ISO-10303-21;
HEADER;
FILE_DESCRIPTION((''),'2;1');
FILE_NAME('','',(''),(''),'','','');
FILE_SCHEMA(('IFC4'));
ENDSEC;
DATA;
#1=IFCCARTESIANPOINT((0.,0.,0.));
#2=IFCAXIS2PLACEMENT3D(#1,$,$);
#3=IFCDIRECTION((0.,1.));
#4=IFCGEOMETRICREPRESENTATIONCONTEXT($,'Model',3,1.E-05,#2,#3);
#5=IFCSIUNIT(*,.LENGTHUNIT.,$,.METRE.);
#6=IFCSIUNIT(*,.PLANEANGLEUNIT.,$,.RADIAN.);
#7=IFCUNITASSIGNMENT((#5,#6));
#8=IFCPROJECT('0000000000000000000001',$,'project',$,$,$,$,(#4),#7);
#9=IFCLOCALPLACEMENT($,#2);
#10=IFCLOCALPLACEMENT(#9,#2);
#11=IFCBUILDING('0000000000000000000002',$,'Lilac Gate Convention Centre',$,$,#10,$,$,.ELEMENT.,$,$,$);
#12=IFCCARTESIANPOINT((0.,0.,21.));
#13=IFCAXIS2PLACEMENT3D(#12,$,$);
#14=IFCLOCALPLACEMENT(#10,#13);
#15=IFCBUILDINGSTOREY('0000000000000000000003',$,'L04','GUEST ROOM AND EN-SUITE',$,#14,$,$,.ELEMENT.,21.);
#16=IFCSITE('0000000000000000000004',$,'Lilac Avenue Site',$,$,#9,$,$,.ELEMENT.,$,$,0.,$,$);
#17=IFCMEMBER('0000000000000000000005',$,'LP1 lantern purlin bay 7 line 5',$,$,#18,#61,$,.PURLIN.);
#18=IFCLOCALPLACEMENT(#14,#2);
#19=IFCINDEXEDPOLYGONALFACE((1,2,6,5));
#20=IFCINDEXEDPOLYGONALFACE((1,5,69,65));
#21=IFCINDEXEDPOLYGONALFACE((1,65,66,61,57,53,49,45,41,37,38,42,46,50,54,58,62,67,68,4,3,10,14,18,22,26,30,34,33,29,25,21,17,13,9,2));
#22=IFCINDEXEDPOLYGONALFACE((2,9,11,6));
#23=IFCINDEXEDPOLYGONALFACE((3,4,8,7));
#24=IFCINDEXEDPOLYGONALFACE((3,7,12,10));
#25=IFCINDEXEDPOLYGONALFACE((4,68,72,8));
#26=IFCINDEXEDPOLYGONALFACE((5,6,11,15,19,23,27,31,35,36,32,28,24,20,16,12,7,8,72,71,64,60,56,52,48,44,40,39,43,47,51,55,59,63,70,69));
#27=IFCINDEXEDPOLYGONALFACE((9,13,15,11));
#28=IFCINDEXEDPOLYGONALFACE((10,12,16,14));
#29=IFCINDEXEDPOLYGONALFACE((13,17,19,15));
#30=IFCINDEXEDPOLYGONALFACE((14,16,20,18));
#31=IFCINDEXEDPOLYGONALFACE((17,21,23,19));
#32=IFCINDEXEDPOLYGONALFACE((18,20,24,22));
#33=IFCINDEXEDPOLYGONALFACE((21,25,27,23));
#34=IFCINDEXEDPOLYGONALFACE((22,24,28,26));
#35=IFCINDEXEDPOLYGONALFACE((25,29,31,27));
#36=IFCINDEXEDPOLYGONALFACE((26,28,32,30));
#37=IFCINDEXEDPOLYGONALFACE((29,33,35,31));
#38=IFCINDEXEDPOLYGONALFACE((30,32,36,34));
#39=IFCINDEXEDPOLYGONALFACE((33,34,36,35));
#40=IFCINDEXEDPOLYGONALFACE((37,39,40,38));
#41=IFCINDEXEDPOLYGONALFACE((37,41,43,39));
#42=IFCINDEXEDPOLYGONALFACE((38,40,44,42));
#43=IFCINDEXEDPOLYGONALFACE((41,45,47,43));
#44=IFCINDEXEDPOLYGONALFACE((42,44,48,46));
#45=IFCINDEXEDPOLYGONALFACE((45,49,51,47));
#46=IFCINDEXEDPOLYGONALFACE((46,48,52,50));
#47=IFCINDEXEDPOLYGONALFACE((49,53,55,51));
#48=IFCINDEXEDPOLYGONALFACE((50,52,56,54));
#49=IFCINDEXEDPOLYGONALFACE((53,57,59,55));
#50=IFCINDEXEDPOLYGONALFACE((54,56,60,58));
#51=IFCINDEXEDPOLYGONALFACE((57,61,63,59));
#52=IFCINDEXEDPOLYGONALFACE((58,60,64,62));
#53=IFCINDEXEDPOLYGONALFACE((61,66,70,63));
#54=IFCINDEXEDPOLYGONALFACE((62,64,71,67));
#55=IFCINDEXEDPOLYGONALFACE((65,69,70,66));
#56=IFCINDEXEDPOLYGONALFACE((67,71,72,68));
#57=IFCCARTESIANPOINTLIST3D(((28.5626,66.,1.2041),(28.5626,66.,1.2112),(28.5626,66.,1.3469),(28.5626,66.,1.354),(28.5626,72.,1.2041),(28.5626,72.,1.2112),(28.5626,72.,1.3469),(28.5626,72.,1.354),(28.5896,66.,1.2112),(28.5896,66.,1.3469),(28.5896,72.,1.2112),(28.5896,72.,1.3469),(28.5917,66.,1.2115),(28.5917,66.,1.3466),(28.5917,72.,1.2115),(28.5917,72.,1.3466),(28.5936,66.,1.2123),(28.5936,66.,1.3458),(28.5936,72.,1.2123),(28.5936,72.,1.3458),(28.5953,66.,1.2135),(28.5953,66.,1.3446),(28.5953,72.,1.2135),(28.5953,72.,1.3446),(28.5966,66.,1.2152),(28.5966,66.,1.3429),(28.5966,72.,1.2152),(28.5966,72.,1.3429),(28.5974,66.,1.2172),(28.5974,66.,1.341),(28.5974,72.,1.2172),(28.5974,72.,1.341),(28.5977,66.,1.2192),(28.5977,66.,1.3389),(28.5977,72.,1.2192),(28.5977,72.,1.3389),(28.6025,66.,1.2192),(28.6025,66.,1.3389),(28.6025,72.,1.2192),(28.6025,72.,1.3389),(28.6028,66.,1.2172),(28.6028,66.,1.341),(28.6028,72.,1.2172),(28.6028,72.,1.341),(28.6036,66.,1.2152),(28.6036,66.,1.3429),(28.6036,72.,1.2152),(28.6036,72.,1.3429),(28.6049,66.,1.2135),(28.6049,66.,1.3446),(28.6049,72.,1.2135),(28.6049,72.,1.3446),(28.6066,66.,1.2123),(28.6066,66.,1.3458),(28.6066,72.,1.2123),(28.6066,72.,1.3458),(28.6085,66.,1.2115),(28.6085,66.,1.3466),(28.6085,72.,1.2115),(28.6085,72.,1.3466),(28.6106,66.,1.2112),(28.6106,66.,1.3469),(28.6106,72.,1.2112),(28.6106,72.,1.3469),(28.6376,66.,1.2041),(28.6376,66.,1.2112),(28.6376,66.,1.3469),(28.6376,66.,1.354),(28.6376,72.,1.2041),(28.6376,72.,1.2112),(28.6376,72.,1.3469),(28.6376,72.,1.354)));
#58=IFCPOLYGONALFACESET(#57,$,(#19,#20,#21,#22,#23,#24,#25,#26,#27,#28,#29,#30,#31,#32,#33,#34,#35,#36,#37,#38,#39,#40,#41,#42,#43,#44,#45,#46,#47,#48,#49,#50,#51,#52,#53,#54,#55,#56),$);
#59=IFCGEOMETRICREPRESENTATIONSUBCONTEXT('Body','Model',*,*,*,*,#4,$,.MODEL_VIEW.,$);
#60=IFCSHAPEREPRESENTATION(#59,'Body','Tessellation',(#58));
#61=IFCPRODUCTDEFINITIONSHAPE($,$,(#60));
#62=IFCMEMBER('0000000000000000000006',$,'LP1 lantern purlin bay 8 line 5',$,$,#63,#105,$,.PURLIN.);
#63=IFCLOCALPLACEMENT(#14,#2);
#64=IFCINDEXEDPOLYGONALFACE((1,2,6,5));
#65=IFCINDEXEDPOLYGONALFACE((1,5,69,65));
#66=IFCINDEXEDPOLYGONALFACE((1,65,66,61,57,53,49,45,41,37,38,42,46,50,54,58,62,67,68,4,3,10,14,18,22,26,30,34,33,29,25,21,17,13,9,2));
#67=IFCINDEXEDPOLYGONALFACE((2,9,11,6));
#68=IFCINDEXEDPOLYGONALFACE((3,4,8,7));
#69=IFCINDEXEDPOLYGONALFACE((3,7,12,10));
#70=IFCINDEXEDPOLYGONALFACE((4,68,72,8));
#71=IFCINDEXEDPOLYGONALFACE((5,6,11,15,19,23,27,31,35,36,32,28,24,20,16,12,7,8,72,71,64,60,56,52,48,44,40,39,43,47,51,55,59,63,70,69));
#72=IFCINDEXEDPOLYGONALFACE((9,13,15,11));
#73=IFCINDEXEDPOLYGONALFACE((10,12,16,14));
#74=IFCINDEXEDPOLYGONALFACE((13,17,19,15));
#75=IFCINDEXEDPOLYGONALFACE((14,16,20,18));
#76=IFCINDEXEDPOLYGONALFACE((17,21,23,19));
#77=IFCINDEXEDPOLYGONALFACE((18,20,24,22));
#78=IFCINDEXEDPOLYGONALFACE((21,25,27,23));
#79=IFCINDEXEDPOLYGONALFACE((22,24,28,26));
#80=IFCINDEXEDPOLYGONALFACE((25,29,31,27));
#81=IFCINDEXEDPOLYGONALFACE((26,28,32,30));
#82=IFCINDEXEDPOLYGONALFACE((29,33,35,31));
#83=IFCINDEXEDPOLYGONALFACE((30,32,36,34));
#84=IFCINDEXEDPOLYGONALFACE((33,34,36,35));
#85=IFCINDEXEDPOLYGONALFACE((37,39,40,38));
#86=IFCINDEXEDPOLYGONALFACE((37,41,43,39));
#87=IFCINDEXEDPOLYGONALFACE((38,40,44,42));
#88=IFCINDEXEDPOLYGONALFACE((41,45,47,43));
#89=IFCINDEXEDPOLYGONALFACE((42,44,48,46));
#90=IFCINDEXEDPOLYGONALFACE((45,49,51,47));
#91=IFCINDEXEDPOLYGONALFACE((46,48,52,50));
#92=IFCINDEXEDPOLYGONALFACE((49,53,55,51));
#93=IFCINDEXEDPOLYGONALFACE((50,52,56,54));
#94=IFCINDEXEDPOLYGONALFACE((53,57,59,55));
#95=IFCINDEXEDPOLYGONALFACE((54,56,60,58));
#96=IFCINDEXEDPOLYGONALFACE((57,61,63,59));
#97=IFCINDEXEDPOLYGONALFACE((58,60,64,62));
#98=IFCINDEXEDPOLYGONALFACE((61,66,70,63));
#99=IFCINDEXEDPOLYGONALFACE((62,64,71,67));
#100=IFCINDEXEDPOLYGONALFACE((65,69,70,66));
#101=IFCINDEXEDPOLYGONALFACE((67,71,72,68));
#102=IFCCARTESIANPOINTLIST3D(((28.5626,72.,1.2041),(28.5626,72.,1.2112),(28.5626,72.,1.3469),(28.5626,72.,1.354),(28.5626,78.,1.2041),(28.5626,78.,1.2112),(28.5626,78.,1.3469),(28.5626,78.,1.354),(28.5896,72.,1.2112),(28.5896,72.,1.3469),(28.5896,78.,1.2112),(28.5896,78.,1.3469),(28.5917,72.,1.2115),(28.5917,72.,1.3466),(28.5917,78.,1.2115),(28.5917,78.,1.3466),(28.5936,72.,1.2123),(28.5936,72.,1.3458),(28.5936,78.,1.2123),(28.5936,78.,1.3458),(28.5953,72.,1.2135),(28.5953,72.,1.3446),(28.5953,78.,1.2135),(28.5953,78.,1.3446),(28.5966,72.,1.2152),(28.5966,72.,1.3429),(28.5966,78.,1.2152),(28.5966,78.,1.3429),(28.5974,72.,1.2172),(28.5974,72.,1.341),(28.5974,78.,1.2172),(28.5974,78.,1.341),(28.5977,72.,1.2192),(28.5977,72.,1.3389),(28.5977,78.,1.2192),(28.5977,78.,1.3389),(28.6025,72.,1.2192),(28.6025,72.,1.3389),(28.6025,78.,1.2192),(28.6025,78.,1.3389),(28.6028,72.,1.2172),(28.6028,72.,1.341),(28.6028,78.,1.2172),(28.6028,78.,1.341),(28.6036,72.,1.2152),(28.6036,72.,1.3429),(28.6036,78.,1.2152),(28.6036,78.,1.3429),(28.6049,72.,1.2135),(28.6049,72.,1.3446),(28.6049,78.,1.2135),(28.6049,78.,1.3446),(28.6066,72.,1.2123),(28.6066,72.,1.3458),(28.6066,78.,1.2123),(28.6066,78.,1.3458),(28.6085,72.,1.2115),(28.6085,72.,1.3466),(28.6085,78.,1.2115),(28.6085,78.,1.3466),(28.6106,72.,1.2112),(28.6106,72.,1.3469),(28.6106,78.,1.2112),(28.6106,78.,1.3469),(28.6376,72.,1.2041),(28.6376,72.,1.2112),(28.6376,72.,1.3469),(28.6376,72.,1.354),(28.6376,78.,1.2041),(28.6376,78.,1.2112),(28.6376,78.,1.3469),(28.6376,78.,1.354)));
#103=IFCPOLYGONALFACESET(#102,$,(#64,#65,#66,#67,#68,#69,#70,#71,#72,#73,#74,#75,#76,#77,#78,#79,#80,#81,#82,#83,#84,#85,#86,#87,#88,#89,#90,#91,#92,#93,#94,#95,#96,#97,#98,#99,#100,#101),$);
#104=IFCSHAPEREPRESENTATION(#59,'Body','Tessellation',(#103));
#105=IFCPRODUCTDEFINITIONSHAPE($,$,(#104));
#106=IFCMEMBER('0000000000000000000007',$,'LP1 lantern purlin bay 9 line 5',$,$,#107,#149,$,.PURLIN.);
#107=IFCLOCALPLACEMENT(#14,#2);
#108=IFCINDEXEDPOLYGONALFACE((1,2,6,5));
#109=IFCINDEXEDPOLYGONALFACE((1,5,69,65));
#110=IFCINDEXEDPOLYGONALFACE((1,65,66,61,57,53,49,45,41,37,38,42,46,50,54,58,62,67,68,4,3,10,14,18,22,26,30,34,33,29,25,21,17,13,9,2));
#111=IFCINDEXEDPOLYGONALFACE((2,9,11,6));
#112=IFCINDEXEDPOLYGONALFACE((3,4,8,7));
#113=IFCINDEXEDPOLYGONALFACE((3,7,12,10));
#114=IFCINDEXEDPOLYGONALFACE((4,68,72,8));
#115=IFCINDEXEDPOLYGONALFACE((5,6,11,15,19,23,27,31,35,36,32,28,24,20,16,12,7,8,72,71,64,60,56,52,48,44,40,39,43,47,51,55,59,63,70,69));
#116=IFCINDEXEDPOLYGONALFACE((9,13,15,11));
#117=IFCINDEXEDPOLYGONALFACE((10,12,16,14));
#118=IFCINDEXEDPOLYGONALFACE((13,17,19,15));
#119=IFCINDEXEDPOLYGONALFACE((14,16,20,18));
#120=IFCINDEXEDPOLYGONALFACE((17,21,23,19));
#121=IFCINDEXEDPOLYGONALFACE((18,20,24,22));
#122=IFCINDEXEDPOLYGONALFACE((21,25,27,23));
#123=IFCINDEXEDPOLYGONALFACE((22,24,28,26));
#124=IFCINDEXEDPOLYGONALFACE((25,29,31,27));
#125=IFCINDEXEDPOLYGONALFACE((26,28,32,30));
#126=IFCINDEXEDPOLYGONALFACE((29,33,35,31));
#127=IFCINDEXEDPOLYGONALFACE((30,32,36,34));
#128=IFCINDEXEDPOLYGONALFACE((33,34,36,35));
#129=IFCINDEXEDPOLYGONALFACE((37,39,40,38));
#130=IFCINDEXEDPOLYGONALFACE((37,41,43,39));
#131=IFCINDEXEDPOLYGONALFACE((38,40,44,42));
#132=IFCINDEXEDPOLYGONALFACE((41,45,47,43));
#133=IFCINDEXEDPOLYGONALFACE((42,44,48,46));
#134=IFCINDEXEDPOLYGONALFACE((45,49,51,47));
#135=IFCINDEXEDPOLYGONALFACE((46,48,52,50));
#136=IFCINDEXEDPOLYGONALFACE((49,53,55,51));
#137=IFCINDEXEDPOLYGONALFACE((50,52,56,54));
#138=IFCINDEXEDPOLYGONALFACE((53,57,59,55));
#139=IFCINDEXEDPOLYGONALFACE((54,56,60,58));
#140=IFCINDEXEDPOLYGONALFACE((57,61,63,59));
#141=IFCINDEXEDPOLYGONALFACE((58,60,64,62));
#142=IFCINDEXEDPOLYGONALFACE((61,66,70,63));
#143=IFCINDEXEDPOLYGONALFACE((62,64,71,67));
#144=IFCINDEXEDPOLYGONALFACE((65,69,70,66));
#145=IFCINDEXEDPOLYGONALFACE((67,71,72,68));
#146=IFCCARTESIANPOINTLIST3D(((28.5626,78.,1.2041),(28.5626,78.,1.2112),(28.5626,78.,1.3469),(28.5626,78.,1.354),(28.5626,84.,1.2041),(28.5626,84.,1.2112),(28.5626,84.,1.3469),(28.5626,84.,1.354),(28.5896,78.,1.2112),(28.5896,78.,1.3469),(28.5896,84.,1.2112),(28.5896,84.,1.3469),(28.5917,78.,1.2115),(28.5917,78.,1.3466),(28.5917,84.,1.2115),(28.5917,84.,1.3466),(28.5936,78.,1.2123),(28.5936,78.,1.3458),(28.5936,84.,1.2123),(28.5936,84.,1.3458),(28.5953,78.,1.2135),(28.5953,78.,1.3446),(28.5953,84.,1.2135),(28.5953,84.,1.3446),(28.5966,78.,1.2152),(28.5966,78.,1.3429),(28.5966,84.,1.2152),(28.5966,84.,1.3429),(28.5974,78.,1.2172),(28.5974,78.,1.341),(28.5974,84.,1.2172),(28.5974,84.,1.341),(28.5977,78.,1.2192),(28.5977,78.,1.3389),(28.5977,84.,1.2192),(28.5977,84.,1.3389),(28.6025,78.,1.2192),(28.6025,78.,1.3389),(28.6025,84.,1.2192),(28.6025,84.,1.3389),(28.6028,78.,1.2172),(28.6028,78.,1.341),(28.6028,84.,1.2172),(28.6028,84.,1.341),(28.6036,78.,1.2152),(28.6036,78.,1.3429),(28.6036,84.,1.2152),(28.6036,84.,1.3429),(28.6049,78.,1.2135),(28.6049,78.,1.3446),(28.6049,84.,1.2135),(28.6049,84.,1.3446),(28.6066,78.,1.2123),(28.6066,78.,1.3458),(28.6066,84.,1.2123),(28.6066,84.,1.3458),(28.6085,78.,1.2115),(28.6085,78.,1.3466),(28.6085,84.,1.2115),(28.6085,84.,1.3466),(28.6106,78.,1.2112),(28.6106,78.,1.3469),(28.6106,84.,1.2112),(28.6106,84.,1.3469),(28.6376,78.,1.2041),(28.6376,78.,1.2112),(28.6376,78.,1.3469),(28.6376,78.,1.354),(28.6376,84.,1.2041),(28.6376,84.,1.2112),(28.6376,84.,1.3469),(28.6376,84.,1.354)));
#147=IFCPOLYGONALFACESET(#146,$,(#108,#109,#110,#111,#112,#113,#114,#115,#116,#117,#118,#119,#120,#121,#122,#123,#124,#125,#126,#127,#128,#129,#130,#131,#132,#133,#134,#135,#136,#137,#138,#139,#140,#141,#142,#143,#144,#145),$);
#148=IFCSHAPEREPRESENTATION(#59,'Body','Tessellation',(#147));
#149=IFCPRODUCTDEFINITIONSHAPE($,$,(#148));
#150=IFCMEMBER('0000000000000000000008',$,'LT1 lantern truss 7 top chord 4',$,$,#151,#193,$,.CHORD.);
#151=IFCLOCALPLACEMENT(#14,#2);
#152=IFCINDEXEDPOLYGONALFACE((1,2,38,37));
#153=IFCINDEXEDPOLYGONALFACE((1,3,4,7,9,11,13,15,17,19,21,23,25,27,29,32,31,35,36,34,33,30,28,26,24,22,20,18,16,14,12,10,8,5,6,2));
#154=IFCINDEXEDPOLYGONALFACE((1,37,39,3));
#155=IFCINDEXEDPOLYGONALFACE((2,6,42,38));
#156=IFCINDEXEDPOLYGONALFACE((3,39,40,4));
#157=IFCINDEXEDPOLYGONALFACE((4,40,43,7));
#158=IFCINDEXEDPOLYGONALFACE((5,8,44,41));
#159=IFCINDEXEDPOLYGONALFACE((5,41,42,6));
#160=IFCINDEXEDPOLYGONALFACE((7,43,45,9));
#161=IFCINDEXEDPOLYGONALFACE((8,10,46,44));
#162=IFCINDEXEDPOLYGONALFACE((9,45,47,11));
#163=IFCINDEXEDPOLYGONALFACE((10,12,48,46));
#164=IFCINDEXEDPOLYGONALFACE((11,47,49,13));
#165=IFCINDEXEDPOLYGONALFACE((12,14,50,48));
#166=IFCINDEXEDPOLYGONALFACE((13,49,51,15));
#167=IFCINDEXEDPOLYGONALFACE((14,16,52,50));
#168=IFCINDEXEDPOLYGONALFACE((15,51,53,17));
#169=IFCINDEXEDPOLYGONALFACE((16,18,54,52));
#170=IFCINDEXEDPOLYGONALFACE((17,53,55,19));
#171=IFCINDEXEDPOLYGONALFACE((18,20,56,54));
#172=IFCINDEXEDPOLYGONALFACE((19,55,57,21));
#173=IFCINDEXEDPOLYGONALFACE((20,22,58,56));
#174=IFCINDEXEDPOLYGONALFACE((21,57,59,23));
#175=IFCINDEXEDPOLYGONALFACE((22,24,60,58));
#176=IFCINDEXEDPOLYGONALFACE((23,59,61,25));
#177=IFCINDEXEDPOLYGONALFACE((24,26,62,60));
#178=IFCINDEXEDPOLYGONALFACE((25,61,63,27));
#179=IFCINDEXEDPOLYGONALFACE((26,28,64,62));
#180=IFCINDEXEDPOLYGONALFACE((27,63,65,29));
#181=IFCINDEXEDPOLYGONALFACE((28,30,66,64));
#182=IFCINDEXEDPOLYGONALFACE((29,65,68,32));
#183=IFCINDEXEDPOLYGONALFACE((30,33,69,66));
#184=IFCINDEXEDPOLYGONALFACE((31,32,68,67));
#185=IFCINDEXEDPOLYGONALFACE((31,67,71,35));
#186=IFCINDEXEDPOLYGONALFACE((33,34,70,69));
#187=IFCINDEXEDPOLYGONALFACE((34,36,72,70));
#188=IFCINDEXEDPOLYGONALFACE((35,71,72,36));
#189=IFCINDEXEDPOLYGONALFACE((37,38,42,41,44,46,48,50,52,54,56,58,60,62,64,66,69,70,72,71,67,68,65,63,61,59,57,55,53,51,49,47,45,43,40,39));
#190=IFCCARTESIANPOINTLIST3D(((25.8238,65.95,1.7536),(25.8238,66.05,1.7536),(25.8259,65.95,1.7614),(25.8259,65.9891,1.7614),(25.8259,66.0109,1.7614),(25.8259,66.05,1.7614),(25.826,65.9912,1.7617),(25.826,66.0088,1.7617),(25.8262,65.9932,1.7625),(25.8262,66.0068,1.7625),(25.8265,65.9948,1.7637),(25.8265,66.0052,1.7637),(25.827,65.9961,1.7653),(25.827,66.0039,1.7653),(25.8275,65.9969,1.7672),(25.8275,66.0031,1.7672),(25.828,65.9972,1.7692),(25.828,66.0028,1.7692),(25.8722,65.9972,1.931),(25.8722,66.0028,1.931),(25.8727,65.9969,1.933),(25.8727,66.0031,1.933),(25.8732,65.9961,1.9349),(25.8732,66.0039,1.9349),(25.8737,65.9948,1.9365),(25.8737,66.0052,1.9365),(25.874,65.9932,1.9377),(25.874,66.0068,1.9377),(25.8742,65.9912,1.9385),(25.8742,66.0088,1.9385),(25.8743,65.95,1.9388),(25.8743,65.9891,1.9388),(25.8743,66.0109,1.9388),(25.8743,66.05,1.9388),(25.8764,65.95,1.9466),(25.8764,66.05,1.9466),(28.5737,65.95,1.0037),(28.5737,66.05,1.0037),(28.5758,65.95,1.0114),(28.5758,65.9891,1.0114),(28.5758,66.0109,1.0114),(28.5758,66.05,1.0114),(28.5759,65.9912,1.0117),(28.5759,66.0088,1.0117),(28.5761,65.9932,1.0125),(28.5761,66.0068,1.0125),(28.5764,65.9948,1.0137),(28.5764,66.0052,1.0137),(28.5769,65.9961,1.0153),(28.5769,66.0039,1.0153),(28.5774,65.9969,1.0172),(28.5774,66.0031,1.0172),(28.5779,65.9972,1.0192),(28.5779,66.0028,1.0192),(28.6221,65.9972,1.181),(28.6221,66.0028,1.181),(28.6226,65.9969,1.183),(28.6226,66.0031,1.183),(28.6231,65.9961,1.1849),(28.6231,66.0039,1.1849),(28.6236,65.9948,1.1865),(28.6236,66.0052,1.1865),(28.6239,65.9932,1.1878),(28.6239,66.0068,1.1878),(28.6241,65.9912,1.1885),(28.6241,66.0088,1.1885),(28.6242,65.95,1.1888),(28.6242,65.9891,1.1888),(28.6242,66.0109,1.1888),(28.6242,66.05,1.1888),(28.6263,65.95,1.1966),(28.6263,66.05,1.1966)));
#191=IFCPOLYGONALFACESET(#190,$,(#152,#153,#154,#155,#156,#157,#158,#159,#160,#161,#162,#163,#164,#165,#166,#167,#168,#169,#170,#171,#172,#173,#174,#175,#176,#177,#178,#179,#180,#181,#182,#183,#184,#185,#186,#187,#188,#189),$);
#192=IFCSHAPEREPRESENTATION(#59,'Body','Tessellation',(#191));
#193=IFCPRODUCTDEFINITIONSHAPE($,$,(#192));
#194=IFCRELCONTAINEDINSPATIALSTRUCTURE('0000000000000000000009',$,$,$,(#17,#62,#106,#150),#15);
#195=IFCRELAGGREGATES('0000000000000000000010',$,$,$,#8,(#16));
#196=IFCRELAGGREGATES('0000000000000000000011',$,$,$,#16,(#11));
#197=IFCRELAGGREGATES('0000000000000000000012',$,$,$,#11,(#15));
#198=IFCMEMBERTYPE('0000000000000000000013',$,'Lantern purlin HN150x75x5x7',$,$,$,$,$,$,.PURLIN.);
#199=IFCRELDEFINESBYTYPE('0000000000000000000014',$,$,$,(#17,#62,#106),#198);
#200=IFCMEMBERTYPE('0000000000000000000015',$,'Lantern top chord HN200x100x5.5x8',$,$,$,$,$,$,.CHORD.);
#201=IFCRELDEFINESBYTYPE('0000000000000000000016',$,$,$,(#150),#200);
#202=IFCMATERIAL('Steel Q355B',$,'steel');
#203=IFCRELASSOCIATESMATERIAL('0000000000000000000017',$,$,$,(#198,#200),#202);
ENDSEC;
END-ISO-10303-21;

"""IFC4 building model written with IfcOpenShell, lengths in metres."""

from ifc_helpers import new_model, si_unit, direction, frame, origin, origin_2d, place, context, subcontext, project, spatial, i_section, extrude, material, material_profile, profile_set, type_object, element, save


model = new_model("IFC4")

# Units and contexts
model_context = context("Model", 3, precision=1e-05, world=origin(), true_north=direction((0.0, 1.0)))
body_context = subcontext(model_context, "Body", "Model", "MODEL_VIEW")
ifc_project = project(units=[si_unit("LENGTHUNIT", "METRE"), si_unit("PLANEANGLEUNIT", "RADIAN")], contexts=[model_context])

# Site, building, storey
site_placement = place(None, origin())
site = spatial("IfcSite", under=ifc_project, at=site_placement, Name="Lilac Avenue Site", CompositionType="ELEMENT", RefElevation=0.0)
building_placement = place(site_placement, origin())
building = spatial("IfcBuilding", under=site, at=building_placement, Name="Lilac Gate Convention Centre", CompositionType="ELEMENT")
storey_placement = place(building_placement, frame((0.0, 0.0, 21.0)))
storey = spatial("IfcBuildingStorey", under=building, at=storey_placement, Name="L04", Description="GUEST ROOM AND EN-SUITE", CompositionType="ELEMENT", Elevation=21.0)

# Members
ifc_material_1 = material(Name="Steel Q355B", Category="steel")
ifc_material_profile_1 = material_profile(ifc_material_1, i_section(OverallWidth=0.075, OverallDepth=0.1499, WebThickness=0.0049, FlangeThickness=0.0071, FilletRadius=0.0081, at=origin_2d()), Name="HN150x75x5x7")
ifc_profile_set_1 = profile_set([ifc_material_profile_1], Name="Steel Q355B")
member_type_1 = type_object("IfcMemberType", Name="Lantern purlin HN150x75x5x7", PredefinedType="PURLIN", material=ifc_profile_set_1)
for number, where, z_axis, x_axis, name in (
    (1, (28.6001, 66.0, 1.2791), (0.0, 1.0, 0.0), (-1.0, 0.0, 0.0), "LP1 lantern purlin bay 7 line 5"),
    (2, (28.6001, 72.0, 1.2791), (0.0, 1.0, 0.0), (-1.0, 0.0, 0.0), "LP1 lantern purlin bay 8 line 5"),
    (3, (28.6001, 78.0, 1.2791), (0.0, 1.0, 0.0), (-1.0, 0.0, 0.0), "LP1 lantern purlin bay 9 line 5"),
):
    element("IfcMember", number, at=place(storey_placement, frame(where, z_axis=z_axis, x_axis=x_axis)), inside=storey, type_object=member_type_1, Name=name, PredefinedType="PURLIN", context=body_context, shape_type="SweptSolid", body=[
        extrude(i_section(OverallWidth=0.075, OverallDepth=0.1499, WebThickness=0.0049, FlangeThickness=0.0071, FilletRadius=0.0081, at=origin_2d()), origin(), (0.0, 0.0, 1.0), 6.0),
    ])
ifc_material_profile_2 = material_profile(ifc_material_1, i_section(OverallWidth=0.1001, OverallDepth=0.2, WebThickness=0.0056, FlangeThickness=0.0081, FilletRadius=0.0081, at=origin_2d()), Name="HN200x100x5.5x8")
ifc_profile_set_2 = profile_set([ifc_material_profile_2], Name="Steel Q355B")
member_type_2 = type_object("IfcMemberType", Name="Lantern top chord HN200x100x5.5x8", PredefinedType="CHORD", material=ifc_profile_set_2)
for number, where, z_axis, x_axis, name in (
    (4, (25.8501, 66.0, 1.8501), (0.964764, 0.0, -0.263117), (0.0, 1.0, 0.0), "LT1 lantern truss 7 top chord 4"),
):
    element("IfcMember", number, at=place(storey_placement, frame(where, z_axis=z_axis, x_axis=x_axis)), inside=storey, type_object=member_type_2, Name=name, PredefinedType="CHORD", context=body_context, shape_type="SweptSolid", body=[
        extrude(i_section(OverallWidth=0.1001, OverallDepth=0.2, WebThickness=0.0056, FlangeThickness=0.0081, FilletRadius=0.0081, at=origin_2d()), origin(), (0.0, 0.0, 1.0), 2.8503),
    ])

save(model, "model.ifc")
